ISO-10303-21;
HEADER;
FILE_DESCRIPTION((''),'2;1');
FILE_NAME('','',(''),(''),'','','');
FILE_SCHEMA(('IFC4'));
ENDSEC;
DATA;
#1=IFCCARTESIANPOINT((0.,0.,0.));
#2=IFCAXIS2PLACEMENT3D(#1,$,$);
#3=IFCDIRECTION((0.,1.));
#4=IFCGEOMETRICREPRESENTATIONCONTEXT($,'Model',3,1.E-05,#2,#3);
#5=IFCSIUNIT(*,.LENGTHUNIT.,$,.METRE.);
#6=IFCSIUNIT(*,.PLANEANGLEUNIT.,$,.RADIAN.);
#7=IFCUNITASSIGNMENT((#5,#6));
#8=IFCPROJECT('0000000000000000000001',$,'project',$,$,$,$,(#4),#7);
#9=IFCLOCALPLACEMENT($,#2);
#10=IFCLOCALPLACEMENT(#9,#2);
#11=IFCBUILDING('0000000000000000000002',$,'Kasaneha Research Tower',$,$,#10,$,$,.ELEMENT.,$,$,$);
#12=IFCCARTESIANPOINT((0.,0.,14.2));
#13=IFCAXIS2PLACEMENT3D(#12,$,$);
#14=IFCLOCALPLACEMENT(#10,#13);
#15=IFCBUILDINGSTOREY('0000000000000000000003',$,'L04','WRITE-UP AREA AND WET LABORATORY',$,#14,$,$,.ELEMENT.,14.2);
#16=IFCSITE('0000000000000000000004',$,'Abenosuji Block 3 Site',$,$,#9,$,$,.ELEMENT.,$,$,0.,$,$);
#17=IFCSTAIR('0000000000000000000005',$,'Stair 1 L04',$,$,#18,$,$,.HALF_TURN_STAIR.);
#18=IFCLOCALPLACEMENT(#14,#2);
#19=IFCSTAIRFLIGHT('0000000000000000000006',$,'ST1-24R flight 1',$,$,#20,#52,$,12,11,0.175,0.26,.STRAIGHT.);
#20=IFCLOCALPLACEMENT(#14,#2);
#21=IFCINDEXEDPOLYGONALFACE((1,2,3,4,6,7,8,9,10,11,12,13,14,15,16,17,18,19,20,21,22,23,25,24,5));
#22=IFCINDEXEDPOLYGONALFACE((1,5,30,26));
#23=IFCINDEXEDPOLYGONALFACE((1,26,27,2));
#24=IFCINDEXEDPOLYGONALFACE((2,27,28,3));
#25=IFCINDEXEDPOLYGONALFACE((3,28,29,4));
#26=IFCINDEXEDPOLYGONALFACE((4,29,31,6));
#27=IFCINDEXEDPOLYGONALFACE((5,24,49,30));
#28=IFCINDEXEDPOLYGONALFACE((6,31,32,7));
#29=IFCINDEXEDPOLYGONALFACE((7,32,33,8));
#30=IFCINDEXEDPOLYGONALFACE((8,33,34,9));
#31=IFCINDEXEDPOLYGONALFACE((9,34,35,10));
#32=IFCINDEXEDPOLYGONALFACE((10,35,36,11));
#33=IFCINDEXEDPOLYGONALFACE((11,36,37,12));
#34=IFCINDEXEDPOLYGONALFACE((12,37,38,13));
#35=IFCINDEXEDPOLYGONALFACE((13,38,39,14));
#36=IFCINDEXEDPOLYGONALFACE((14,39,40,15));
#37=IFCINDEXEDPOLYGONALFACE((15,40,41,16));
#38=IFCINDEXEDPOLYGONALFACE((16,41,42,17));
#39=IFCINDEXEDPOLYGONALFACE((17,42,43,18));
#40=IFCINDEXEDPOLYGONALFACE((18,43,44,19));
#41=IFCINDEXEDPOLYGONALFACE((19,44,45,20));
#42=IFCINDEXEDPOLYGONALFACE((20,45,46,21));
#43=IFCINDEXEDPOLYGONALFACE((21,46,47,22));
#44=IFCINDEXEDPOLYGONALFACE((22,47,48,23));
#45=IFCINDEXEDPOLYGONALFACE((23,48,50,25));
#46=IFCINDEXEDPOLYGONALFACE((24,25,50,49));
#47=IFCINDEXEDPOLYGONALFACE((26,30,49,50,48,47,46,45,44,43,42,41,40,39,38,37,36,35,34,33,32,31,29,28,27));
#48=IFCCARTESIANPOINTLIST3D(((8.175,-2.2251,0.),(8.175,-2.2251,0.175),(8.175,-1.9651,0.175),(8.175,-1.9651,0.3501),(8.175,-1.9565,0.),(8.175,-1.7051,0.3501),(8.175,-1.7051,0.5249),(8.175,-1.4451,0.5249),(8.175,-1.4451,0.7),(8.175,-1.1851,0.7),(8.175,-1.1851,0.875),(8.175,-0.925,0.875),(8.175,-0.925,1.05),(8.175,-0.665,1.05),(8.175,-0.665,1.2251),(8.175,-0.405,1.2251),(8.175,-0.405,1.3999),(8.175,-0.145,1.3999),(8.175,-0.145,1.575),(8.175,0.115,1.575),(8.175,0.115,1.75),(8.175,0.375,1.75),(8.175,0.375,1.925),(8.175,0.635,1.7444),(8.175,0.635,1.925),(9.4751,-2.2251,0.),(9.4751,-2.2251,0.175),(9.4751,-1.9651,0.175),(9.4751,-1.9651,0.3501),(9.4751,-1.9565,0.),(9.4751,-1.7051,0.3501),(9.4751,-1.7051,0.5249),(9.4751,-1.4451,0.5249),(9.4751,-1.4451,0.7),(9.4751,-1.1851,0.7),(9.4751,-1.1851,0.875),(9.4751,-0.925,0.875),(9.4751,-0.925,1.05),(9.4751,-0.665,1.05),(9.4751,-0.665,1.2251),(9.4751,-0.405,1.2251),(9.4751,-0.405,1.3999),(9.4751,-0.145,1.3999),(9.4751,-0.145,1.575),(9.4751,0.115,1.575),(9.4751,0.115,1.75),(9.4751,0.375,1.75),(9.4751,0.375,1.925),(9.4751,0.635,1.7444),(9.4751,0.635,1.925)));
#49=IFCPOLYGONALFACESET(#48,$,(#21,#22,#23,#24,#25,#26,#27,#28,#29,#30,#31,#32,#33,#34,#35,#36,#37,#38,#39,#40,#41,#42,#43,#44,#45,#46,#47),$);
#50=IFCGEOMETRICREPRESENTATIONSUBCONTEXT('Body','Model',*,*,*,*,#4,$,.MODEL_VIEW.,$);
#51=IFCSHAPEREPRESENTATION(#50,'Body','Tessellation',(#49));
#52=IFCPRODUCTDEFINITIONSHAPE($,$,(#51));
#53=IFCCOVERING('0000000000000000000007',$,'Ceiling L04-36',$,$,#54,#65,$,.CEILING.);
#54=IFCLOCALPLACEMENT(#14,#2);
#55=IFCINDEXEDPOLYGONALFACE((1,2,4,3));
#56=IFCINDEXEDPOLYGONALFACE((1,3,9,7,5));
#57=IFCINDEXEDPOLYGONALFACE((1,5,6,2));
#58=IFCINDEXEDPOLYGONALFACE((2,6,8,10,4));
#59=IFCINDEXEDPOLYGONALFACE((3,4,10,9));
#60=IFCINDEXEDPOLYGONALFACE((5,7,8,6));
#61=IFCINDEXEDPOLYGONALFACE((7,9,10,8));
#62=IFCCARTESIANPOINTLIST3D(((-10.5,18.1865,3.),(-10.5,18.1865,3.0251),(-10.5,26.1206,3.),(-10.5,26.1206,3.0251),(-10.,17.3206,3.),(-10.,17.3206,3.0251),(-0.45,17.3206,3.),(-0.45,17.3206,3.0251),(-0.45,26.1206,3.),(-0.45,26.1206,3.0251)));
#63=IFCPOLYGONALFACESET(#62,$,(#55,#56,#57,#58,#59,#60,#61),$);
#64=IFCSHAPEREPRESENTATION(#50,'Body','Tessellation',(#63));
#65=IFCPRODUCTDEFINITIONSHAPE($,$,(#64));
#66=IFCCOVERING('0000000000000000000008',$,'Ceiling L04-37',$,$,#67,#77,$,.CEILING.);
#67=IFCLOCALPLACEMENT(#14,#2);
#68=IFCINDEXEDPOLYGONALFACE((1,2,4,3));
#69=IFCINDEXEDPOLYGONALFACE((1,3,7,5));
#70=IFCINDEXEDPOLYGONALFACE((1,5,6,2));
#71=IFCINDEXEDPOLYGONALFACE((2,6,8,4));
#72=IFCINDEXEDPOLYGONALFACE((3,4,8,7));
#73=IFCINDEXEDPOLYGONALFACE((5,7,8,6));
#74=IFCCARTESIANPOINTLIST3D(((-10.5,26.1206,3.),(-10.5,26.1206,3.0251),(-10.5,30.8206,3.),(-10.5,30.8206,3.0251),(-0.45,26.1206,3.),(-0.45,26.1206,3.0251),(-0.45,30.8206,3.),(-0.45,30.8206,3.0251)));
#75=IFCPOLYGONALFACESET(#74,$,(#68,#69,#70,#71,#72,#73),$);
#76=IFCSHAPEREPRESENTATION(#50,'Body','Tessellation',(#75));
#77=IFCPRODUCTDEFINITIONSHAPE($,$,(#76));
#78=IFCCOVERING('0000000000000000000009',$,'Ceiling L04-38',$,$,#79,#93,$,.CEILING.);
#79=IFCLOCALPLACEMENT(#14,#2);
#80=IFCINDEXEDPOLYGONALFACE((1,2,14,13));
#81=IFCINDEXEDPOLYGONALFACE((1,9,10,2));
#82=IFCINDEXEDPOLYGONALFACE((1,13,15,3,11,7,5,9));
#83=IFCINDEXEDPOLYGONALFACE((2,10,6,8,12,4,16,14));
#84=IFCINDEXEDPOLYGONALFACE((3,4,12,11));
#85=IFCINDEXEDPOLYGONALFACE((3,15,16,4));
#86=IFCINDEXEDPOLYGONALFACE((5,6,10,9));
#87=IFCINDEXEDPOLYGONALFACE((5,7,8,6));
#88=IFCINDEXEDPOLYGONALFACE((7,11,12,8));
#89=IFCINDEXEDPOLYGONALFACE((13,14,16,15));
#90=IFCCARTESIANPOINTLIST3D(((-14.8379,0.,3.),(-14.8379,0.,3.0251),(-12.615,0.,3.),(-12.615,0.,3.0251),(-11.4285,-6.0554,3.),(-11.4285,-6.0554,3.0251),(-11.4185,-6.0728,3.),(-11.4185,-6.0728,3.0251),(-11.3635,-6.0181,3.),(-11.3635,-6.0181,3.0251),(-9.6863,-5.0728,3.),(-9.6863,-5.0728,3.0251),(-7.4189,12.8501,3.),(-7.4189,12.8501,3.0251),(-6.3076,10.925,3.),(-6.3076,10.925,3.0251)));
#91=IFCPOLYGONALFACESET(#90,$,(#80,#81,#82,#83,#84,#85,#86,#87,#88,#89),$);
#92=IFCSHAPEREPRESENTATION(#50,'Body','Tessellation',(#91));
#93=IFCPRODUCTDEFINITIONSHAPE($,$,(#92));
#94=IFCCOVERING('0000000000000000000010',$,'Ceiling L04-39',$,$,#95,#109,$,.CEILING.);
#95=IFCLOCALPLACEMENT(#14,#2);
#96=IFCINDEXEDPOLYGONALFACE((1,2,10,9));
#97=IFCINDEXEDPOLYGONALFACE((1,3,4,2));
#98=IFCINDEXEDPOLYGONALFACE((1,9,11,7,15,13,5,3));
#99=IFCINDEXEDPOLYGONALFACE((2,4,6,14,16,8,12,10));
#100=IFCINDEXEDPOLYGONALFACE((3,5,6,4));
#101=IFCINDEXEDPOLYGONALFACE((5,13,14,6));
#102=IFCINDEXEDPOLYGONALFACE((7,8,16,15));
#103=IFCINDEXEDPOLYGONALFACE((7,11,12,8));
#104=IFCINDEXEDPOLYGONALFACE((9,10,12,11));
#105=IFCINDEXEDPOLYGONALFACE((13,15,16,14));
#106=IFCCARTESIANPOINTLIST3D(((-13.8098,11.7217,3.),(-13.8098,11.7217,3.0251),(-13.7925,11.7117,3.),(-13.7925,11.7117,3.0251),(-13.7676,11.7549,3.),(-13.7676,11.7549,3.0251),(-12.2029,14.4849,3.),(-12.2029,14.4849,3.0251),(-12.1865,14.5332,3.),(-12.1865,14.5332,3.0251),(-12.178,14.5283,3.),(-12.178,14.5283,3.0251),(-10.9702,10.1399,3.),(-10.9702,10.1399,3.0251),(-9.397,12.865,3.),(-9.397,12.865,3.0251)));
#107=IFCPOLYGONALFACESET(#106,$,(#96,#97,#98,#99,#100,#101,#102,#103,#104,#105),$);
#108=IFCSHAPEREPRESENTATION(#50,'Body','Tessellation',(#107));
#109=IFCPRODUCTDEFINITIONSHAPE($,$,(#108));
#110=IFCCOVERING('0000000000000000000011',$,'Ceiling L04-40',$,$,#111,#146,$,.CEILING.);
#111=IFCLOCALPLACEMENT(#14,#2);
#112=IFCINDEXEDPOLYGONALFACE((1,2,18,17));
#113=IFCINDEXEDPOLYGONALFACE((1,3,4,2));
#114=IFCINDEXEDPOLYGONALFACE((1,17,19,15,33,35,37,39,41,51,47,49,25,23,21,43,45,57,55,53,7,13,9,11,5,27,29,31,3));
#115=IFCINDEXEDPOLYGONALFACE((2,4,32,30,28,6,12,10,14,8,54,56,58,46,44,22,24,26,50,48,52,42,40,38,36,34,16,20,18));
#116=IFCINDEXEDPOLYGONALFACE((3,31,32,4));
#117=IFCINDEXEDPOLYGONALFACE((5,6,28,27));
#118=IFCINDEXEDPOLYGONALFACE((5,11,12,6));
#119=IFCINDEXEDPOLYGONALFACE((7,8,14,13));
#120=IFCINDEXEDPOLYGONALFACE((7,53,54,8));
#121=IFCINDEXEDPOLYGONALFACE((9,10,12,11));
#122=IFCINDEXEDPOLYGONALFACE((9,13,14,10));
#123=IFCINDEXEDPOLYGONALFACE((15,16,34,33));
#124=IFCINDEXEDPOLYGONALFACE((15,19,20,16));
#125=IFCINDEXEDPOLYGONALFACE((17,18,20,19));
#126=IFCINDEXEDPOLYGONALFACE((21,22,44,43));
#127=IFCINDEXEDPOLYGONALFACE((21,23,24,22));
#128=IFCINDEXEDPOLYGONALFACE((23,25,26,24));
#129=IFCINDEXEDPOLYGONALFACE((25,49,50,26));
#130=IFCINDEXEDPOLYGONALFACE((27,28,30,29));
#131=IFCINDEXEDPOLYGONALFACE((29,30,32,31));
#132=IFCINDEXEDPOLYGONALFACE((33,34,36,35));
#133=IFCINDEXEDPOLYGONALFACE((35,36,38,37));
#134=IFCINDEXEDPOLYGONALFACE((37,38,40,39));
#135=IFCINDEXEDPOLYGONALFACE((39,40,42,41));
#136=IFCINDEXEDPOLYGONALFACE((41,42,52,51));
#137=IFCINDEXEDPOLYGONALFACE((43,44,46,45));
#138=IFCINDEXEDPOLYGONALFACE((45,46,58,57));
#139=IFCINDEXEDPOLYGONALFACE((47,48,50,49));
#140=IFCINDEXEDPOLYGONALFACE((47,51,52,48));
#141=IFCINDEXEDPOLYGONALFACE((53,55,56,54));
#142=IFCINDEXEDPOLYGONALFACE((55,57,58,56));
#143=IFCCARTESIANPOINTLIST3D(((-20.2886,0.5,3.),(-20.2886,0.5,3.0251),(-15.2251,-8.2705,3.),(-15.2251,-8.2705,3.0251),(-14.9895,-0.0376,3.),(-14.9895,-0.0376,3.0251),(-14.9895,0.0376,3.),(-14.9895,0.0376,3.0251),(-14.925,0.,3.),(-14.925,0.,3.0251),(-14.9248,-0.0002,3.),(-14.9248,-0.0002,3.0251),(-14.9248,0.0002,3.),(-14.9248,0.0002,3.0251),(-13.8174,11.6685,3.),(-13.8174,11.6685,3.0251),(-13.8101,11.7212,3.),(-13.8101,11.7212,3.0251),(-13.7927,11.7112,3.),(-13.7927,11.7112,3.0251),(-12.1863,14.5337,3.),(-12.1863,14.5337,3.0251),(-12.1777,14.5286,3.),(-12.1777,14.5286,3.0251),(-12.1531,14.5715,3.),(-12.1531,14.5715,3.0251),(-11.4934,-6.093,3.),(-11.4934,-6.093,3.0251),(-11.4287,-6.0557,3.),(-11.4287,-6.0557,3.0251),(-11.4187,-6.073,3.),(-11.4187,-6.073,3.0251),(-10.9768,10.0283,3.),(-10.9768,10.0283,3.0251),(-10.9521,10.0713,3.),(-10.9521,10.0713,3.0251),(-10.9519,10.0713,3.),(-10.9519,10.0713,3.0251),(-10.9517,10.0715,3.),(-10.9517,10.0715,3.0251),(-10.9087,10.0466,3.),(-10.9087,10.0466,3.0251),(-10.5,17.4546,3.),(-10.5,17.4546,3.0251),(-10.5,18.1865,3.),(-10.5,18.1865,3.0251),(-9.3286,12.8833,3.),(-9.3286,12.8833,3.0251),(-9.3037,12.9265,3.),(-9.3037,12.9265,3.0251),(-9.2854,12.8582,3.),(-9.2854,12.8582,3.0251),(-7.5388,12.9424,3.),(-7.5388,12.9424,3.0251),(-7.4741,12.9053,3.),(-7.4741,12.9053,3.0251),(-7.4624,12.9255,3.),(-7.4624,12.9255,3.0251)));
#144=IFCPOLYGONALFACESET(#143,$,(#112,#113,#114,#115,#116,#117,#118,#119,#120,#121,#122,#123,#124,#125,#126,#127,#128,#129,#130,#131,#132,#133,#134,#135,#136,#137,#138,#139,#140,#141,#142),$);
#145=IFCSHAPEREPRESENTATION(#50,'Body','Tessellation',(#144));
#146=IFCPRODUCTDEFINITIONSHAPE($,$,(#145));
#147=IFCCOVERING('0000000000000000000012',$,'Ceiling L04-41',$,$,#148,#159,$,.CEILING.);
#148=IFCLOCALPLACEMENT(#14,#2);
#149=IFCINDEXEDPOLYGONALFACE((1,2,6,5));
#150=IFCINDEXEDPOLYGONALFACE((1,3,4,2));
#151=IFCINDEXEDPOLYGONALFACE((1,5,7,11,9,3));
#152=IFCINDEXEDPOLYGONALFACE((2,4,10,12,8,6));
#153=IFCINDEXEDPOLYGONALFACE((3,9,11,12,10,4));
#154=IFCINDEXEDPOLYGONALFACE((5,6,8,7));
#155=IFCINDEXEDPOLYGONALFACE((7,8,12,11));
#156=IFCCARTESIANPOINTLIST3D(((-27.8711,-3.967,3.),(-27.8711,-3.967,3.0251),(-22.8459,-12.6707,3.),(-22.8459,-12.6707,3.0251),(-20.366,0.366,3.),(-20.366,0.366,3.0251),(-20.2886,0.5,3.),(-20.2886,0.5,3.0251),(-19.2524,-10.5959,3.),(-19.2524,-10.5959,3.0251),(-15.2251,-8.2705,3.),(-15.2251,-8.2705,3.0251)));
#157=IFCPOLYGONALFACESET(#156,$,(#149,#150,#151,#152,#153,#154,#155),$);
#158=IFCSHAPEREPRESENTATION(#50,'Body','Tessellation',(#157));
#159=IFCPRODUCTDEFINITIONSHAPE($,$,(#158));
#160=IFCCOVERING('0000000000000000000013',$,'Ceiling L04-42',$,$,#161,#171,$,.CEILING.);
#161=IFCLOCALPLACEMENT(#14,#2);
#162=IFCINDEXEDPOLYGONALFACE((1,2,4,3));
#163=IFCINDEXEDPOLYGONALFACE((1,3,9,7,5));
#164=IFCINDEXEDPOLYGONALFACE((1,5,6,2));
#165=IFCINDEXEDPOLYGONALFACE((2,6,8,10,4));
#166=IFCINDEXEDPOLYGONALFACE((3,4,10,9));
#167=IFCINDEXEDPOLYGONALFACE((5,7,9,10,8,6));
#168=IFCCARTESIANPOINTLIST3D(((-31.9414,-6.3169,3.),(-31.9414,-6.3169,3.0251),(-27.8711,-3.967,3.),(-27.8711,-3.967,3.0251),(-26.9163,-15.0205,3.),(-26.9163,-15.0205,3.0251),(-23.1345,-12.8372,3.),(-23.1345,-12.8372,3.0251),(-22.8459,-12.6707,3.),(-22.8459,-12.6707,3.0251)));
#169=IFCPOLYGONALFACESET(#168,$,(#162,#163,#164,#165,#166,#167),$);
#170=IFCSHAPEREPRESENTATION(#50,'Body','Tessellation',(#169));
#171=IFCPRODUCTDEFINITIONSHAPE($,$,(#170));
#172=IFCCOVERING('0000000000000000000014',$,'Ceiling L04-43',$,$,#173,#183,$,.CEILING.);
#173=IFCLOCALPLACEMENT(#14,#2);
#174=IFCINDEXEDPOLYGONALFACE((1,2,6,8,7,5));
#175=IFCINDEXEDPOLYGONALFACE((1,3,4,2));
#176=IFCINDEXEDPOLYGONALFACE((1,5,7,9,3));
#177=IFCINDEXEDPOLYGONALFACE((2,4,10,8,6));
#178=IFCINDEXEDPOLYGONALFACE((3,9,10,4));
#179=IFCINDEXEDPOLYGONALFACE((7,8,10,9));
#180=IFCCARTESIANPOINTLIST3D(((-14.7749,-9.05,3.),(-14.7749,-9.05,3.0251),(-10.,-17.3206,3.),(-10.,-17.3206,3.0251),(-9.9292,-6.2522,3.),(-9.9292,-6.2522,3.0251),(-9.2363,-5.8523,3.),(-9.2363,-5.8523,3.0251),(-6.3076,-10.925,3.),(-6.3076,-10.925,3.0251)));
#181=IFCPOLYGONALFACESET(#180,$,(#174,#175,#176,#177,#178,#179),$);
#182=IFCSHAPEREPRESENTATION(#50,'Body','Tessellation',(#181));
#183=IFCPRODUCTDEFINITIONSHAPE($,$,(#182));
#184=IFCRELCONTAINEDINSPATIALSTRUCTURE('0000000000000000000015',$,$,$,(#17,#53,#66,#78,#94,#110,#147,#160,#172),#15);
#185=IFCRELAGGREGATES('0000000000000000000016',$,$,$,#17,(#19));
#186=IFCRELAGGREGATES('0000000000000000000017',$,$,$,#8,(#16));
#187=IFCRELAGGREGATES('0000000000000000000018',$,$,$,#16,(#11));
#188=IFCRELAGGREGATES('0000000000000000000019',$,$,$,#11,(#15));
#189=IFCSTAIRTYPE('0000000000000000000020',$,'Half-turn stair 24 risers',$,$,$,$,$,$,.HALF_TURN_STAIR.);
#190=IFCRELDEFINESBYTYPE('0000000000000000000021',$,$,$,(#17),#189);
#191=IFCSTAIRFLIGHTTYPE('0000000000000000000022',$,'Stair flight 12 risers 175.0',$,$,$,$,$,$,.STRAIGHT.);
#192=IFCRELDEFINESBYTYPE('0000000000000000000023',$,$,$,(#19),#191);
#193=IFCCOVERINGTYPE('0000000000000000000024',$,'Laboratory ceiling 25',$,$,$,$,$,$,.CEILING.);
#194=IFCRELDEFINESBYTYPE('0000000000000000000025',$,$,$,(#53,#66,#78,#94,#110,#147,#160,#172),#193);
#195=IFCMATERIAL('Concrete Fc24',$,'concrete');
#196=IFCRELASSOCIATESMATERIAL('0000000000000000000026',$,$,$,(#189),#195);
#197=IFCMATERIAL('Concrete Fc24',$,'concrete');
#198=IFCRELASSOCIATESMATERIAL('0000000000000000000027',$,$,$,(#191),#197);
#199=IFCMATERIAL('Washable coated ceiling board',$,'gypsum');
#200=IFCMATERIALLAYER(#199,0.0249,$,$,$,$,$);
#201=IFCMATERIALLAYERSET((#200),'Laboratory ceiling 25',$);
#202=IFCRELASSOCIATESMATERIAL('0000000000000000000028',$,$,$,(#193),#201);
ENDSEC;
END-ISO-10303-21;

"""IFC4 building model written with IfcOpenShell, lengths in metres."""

from ifc_helpers import new_model, si_unit, direction, frame, origin, place, context, subcontext, project, spatial, polyline, outline, extrude, material, layer, layer_set, type_object, element, aggregate, save


model = new_model("IFC4")

# Units and contexts
model_context = context("Model", 3, precision=1e-05, world=origin(), true_north=direction((0.0, 1.0)))
body_context = subcontext(model_context, "Body", "Model", "MODEL_VIEW")
ifc_project = project(units=[si_unit("LENGTHUNIT", "METRE"), si_unit("PLANEANGLEUNIT", "RADIAN")], contexts=[model_context])

# Site, building, storey
site_placement = place(None, origin())
site = spatial("IfcSite", under=ifc_project, at=site_placement, Name="Abenosuji Block 3 Site", CompositionType="ELEMENT", RefElevation=0.0)
building_placement = place(site_placement, origin())
building = spatial("IfcBuilding", under=site, at=building_placement, Name="Kasaneha Research Tower", CompositionType="ELEMENT")
storey_placement = place(building_placement, frame((0.0, 0.0, 14.2)))
storey = spatial("IfcBuildingStorey", under=building, at=storey_placement, Name="L04", Description="WRITE-UP AREA AND WET LABORATORY", CompositionType="ELEMENT", Elevation=14.2)

# Stair, stair flight
ifc_material_1 = material(Name="Concrete Fc24", Category="concrete")
stair_type = type_object("IfcStairType", Name="Half-turn stair 24 risers", PredefinedType="HALF_TURN_STAIR", material=ifc_material_1)
stair_placement = place(storey_placement, origin())
stair = element("IfcStair", 1, at=stair_placement, inside=storey, type_object=stair_type, Name="Stair 1 L04", PredefinedType="HALF_TURN_STAIR")
ifc_material_2 = material(Name="Concrete Fc24", Category="concrete")
stair_flight_type = type_object("IfcStairFlightType", Name="Stair flight 12 risers 175.0", PredefinedType="STRAIGHT", material=ifc_material_2)
stair_flight_placement = place(storey_placement, frame((8.825, -2.2251, 0.0), z_axis=(0.0, 0.0, 1.0), x_axis=(0.0, 1.0, 0.0)))
stair_flight = element("IfcStairFlight", 2, at=stair_flight_placement, type_object=stair_flight_type, Name="ST1-24R flight 1", NumberOfRisers=12, NumberOfTreads=11, PredefinedType="STRAIGHT", RiserHeight=0.175, TreadLength=0.26, context=body_context, shape_type="SweptSolid", body=[
    extrude(outline(polyline([(0.0, 0.0), (0.0, 0.175), (0.26, 0.175), (0.26, 0.3501), (0.52, 0.3501), (0.52, 0.5249), (0.78, 0.5249), (0.78, 0.7), (1.04, 0.7), (1.04, 0.875), (1.3, 0.875), (1.3, 1.05), (1.5601, 1.05), (1.5601, 1.2251), (1.8201, 1.2251), (1.8201, 1.3999), (2.0801, 1.3999), (2.0801, 1.575), (2.3401, 1.575), (2.3401, 1.75), (2.6001, 1.75), (2.6001, 1.925), (2.8601, 1.925), (2.8601, 2.1001), (2.8601, 1.7444), (0.2686, 0.0), (0.0, 0.0)])), frame((0.0, 0.6499, 0.0), z_axis=(0.0, -1.0, 0.0), x_axis=(1.0, 0.0, 0.0)), (0.0, 0.0, 1.0), 1.3),
])
aggregate(stair, [stair_flight])

# Coverings
ifc_material_3 = material(Name="Washable coated ceiling board", Category="gypsum")
ifc_layer_1 = layer(ifc_material_3, 0.0249)
ifc_layer_set_1 = layer_set([ifc_layer_1], Name="Laboratory ceiling 25")
covering_type = type_object("IfcCoveringType", Name="Laboratory ceiling 25", PredefinedType="CEILING", material=ifc_layer_set_1)
covering_1_placement = place(storey_placement, frame((0.0, 0.0, 3.0)))
element("IfcCovering", 3, at=covering_1_placement, inside=storey, type_object=covering_type, Name="Ceiling L04-36", PredefinedType="CEILING", context=body_context, shape_type="SweptSolid", body=[
    extrude(outline(polyline([(-10.5, 26.1206), (-0.45, 26.1206), (-0.45, 17.3206), (-10.0, 17.3206), (-10.5, 18.1865), (-10.5, 26.1206)])), origin(), (0.0, 0.0, 1.0), 0.0251),
])
covering_2_placement = place(storey_placement, frame((0.0, 0.0, 3.0)))
element("IfcCovering", 4, at=covering_2_placement, inside=storey, type_object=covering_type, Name="Ceiling L04-37", PredefinedType="CEILING", context=body_context, shape_type="SweptSolid", body=[
    extrude(outline(polyline([(-0.45, 30.8206), (-0.45, 26.1206), (-10.5, 26.1206), (-10.5, 30.8206), (-0.45, 30.8206)])), origin(), (0.0, 0.0, 1.0), 0.0251),
])
covering_3_placement = place(storey_placement, frame((0.0, 0.0, 3.0)))
element("IfcCovering", 5, at=covering_3_placement, inside=storey, type_object=covering_type, Name="Ceiling L04-38", PredefinedType="CEILING", context=body_context, shape_type="SweptSolid", body=[
    extrude(outline(polyline([(-12.615, 0.0), (-9.6863, -5.0728), (-11.4185, -6.0728), (-11.4285, -6.0554), (-11.3635, -6.0181), (-14.8379, 0.0), (-7.4189, 12.8501), (-6.3076, 10.925), (-12.615, 0.0)])), origin(), (0.0, 0.0, 1.0), 0.0251),
])
covering_4_placement = place(storey_placement, frame((0.0, 0.0, 3.0)))
element("IfcCovering", 6, at=covering_4_placement, inside=storey, type_object=covering_type, Name="Ceiling L04-39", PredefinedType="CEILING", context=body_context, shape_type="SweptSolid", body=[
    extrude(outline(polyline([(-12.1865, 14.5332), (-12.178, 14.5283), (-12.2029, 14.4849), (-9.397, 12.865), (-10.9702, 10.1399), (-13.7676, 11.7549), (-13.7925, 11.7117), (-13.8098, 11.7217), (-12.1865, 14.5332)])), origin(), (0.0, 0.0, 1.0), 0.0251),
])
covering_5_placement = place(storey_placement, frame((0.0, 0.0, 3.0)))
element("IfcCovering", 7, at=covering_5_placement, inside=storey, type_object=covering_type, Name="Ceiling L04-40", PredefinedType="CEILING", context=body_context, shape_type="SweptSolid", body=[
    extrude(outline(polyline([(-14.9248, -0.0002), (-14.9895, -0.0376), (-11.4934, -6.093), (-11.4287, -6.0557), (-11.4187, -6.073), (-15.2251, -8.2705), (-20.2886, 0.5), (-13.8101, 11.7212), (-13.7927, 11.7112), (-13.8174, 11.6685), (-10.9768, 10.0283), (-10.9521, 10.0713), (-10.9519, 10.0713), (-10.9517, 10.0715), (-10.9087, 10.0466), (-9.2854, 12.8582), (-9.3286, 12.8833), (-9.3037, 12.9265), (-12.1531, 14.5715), (-12.1777, 14.5286), (-12.1863, 14.5337), (-10.5, 17.4546), (-10.5, 18.1865), (-7.4624, 12.9255), (-7.4741, 12.9053), (-7.5388, 12.9424), (-14.9895, 0.0376), (-14.9248, 0.0002), (-14.925, 0.0), (-14.9248, -0.0002)])), origin(), (0.0, 0.0, 1.0), 0.0251),
])
covering_6_placement = place(storey_placement, frame((0.0, 0.0, 3.0)))
element("IfcCovering", 8, at=covering_6_placement, inside=storey, type_object=covering_type, Name="Ceiling L04-41", PredefinedType="CEILING", context=body_context, shape_type="SweptSolid", body=[
    extrude(outline(polyline([(-22.8459, -12.6707), (-27.8711, -3.967), (-20.366, 0.366), (-20.2886, 0.5), (-15.2251, -8.2705), (-19.2524, -10.5959), (-22.8459, -12.6707)])), origin(), (0.0, 0.0, 1.0), 0.0251),
])
covering_7_placement = place(storey_placement, frame((0.0, 0.0, 3.0)))
element("IfcCovering", 9, at=covering_7_placement, inside=storey, type_object=covering_type, Name="Ceiling L04-42", PredefinedType="CEILING", context=body_context, shape_type="SweptSolid", body=[
    extrude(outline(polyline([(-26.9163, -15.0205), (-31.9414, -6.3169), (-27.8711, -3.967), (-22.8459, -12.6707), (-23.1345, -12.8372), (-26.9163, -15.0205)])), origin(), (0.0, 0.0, 1.0), 0.0251),
])
covering_8_placement = place(storey_placement, frame((0.0, 0.0, 3.0)))
element("IfcCovering", 10, at=covering_8_placement, inside=storey, type_object=covering_type, Name="Ceiling L04-43", PredefinedType="CEILING", context=body_context, shape_type="SweptSolid", body=[
    extrude(outline(polyline([(-9.2363, -5.8523), (-6.3076, -10.925), (-10.0, -17.3206), (-14.7749, -9.05), (-9.9292, -6.2522), (-9.9292, -6.2522), (-9.2363, -5.8523)])), origin(), (0.0, 0.0, 1.0), 0.0251),
])

save(model, "model.ifc")
